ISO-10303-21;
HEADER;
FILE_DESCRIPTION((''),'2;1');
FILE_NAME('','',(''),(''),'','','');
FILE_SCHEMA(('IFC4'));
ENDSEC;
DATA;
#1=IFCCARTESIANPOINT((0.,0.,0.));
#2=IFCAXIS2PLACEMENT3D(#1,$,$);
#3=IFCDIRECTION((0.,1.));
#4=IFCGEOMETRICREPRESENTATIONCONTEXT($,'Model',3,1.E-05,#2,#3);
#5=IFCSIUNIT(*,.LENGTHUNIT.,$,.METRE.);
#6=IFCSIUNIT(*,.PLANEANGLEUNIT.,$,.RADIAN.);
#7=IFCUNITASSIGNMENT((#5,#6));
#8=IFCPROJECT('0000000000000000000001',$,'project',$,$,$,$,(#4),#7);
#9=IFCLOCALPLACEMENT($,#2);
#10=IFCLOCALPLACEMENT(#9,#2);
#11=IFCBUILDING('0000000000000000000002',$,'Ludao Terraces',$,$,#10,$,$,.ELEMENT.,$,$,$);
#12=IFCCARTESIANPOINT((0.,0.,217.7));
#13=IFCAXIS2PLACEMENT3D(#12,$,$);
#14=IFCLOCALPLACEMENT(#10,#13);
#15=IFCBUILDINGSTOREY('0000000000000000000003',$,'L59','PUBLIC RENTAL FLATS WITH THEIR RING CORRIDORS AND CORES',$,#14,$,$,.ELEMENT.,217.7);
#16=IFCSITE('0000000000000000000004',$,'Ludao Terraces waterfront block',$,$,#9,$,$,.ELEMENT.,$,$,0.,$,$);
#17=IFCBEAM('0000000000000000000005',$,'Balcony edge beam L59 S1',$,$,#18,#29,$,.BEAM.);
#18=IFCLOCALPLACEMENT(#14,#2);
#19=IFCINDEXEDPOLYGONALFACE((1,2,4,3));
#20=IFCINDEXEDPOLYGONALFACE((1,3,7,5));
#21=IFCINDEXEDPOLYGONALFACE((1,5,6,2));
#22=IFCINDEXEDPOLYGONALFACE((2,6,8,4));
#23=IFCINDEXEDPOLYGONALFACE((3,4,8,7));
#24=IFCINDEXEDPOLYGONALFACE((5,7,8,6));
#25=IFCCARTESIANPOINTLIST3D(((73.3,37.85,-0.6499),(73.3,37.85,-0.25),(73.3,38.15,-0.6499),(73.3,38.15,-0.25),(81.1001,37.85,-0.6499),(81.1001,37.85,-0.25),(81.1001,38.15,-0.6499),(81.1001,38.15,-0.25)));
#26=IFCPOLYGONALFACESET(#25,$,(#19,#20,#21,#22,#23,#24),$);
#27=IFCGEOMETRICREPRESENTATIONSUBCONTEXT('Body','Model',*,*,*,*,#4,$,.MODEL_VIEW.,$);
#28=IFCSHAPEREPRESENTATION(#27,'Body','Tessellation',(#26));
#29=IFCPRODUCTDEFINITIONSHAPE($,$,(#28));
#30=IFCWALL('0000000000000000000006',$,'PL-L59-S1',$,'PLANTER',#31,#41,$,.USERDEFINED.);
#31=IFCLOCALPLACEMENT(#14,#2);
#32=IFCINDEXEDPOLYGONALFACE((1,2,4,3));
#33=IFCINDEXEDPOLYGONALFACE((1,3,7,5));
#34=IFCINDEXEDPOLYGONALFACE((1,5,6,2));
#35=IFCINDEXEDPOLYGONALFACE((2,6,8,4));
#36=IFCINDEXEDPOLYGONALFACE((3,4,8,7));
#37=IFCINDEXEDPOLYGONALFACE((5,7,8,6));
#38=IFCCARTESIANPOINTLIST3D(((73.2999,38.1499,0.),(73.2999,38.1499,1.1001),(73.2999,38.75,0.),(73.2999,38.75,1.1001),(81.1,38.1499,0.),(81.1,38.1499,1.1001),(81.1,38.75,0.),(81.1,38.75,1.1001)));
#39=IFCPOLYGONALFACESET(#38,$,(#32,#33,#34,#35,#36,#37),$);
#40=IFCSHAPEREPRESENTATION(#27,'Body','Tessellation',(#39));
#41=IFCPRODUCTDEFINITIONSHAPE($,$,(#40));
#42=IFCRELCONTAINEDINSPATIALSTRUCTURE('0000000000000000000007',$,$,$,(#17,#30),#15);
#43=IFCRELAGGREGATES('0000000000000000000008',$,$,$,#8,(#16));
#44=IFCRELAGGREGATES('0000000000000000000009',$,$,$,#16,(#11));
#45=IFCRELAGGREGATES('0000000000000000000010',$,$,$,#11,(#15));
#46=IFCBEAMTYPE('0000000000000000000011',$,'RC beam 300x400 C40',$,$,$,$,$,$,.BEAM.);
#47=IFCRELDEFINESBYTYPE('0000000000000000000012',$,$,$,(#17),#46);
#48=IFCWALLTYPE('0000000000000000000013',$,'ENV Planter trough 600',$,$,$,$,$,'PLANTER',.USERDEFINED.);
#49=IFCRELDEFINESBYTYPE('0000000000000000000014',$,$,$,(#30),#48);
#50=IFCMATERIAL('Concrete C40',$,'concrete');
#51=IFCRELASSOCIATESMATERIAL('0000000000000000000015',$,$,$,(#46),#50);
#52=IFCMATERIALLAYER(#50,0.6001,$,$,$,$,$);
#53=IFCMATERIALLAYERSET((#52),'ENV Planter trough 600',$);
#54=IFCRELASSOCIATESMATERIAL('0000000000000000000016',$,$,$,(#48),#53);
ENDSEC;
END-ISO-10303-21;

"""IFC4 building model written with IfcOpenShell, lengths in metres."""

from ifc_helpers import new_model, si_unit, direction, frame, frame_2d, origin, origin_2d, place, context, subcontext, project, spatial, rectangle, extrude, material, layer, layer_set, material_profile, profile_set, type_object, element, save


model = new_model("IFC4")

# Units and contexts
model_context = context("Model", 3, precision=1e-05, world=origin(), true_north=direction((0.0, 1.0)))
body_context = subcontext(model_context, "Body", "Model", "MODEL_VIEW")
ifc_project = project(units=[si_unit("LENGTHUNIT", "METRE"), si_unit("PLANEANGLEUNIT", "RADIAN")], contexts=[model_context])

# Site, building, storey
site_placement = place(None, origin())
site = spatial("IfcSite", under=ifc_project, at=site_placement, Name="Ludao Terraces waterfront block", CompositionType="ELEMENT", RefElevation=0.0)
building_placement = place(site_placement, origin())
building = spatial("IfcBuilding", under=site, at=building_placement, Name="Ludao Terraces", CompositionType="ELEMENT")
storey_placement = place(building_placement, frame((0.0, 0.0, 217.7)))
storey = spatial("IfcBuildingStorey", under=building, at=storey_placement, Name="L59", Description="PUBLIC RENTAL FLATS WITH THEIR RING CORRIDORS AND CORES", CompositionType="ELEMENT", Elevation=217.7)

# Beam
ifc_material_1 = material(Name="Concrete C40", Category="concrete")
ifc_material_profile = material_profile(ifc_material_1, rectangle(XDim=0.3, YDim=0.3999, at=origin_2d()), Name="300 X 400")
ifc_profile_set = profile_set([ifc_material_profile], Name="Concrete C40")
beam_type = type_object("IfcBeamType", Name="RC beam 300x400 C40", PredefinedType="BEAM", material=ifc_profile_set)
beam_placement = place(storey_placement, frame((73.3, 38.0, -0.45), z_axis=(1.0, 0.0, 0.0), x_axis=(0.0, 1.0, 0.0)))
element("IfcBeam", 1, at=beam_placement, inside=storey, type_object=beam_type, Name="Balcony edge beam L59 S1", PredefinedType="BEAM", context=body_context, shape_type="SweptSolid", body=[
    extrude(rectangle(XDim=0.3, YDim=0.3999, at=origin_2d()), origin(), (0.0, 0.0, 1.0), 7.8),
])

# Wall
ifc_layer_1 = layer(ifc_material_1, 0.6001)
ifc_layer_set_1 = layer_set([ifc_layer_1], Name="ENV Planter trough 600")
wall_type_1 = type_object("IfcWallType", Name="ENV Planter trough 600", ElementType="PLANTER", PredefinedType="USERDEFINED", material=ifc_layer_set_1)
wall_1_placement = place(storey_placement, frame((73.3, 38.45, 0.0), z_axis=(0.0, 0.0, 1.0), x_axis=(1.0, 0.0, 0.0)))
element("IfcWall", 2, at=wall_1_placement, inside=storey, type_object=wall_type_1, Name="PL-L59-S1", ObjectType="PLANTER", PredefinedType="USERDEFINED", context=body_context, shape_type="SweptSolid", body=[
    extrude(rectangle(XDim=7.8, YDim=0.6001, at=frame_2d((3.8999, 0.0))), origin(), (0.0, 0.0, 1.0), 1.1001),
])

save(model, "model.ifc")
